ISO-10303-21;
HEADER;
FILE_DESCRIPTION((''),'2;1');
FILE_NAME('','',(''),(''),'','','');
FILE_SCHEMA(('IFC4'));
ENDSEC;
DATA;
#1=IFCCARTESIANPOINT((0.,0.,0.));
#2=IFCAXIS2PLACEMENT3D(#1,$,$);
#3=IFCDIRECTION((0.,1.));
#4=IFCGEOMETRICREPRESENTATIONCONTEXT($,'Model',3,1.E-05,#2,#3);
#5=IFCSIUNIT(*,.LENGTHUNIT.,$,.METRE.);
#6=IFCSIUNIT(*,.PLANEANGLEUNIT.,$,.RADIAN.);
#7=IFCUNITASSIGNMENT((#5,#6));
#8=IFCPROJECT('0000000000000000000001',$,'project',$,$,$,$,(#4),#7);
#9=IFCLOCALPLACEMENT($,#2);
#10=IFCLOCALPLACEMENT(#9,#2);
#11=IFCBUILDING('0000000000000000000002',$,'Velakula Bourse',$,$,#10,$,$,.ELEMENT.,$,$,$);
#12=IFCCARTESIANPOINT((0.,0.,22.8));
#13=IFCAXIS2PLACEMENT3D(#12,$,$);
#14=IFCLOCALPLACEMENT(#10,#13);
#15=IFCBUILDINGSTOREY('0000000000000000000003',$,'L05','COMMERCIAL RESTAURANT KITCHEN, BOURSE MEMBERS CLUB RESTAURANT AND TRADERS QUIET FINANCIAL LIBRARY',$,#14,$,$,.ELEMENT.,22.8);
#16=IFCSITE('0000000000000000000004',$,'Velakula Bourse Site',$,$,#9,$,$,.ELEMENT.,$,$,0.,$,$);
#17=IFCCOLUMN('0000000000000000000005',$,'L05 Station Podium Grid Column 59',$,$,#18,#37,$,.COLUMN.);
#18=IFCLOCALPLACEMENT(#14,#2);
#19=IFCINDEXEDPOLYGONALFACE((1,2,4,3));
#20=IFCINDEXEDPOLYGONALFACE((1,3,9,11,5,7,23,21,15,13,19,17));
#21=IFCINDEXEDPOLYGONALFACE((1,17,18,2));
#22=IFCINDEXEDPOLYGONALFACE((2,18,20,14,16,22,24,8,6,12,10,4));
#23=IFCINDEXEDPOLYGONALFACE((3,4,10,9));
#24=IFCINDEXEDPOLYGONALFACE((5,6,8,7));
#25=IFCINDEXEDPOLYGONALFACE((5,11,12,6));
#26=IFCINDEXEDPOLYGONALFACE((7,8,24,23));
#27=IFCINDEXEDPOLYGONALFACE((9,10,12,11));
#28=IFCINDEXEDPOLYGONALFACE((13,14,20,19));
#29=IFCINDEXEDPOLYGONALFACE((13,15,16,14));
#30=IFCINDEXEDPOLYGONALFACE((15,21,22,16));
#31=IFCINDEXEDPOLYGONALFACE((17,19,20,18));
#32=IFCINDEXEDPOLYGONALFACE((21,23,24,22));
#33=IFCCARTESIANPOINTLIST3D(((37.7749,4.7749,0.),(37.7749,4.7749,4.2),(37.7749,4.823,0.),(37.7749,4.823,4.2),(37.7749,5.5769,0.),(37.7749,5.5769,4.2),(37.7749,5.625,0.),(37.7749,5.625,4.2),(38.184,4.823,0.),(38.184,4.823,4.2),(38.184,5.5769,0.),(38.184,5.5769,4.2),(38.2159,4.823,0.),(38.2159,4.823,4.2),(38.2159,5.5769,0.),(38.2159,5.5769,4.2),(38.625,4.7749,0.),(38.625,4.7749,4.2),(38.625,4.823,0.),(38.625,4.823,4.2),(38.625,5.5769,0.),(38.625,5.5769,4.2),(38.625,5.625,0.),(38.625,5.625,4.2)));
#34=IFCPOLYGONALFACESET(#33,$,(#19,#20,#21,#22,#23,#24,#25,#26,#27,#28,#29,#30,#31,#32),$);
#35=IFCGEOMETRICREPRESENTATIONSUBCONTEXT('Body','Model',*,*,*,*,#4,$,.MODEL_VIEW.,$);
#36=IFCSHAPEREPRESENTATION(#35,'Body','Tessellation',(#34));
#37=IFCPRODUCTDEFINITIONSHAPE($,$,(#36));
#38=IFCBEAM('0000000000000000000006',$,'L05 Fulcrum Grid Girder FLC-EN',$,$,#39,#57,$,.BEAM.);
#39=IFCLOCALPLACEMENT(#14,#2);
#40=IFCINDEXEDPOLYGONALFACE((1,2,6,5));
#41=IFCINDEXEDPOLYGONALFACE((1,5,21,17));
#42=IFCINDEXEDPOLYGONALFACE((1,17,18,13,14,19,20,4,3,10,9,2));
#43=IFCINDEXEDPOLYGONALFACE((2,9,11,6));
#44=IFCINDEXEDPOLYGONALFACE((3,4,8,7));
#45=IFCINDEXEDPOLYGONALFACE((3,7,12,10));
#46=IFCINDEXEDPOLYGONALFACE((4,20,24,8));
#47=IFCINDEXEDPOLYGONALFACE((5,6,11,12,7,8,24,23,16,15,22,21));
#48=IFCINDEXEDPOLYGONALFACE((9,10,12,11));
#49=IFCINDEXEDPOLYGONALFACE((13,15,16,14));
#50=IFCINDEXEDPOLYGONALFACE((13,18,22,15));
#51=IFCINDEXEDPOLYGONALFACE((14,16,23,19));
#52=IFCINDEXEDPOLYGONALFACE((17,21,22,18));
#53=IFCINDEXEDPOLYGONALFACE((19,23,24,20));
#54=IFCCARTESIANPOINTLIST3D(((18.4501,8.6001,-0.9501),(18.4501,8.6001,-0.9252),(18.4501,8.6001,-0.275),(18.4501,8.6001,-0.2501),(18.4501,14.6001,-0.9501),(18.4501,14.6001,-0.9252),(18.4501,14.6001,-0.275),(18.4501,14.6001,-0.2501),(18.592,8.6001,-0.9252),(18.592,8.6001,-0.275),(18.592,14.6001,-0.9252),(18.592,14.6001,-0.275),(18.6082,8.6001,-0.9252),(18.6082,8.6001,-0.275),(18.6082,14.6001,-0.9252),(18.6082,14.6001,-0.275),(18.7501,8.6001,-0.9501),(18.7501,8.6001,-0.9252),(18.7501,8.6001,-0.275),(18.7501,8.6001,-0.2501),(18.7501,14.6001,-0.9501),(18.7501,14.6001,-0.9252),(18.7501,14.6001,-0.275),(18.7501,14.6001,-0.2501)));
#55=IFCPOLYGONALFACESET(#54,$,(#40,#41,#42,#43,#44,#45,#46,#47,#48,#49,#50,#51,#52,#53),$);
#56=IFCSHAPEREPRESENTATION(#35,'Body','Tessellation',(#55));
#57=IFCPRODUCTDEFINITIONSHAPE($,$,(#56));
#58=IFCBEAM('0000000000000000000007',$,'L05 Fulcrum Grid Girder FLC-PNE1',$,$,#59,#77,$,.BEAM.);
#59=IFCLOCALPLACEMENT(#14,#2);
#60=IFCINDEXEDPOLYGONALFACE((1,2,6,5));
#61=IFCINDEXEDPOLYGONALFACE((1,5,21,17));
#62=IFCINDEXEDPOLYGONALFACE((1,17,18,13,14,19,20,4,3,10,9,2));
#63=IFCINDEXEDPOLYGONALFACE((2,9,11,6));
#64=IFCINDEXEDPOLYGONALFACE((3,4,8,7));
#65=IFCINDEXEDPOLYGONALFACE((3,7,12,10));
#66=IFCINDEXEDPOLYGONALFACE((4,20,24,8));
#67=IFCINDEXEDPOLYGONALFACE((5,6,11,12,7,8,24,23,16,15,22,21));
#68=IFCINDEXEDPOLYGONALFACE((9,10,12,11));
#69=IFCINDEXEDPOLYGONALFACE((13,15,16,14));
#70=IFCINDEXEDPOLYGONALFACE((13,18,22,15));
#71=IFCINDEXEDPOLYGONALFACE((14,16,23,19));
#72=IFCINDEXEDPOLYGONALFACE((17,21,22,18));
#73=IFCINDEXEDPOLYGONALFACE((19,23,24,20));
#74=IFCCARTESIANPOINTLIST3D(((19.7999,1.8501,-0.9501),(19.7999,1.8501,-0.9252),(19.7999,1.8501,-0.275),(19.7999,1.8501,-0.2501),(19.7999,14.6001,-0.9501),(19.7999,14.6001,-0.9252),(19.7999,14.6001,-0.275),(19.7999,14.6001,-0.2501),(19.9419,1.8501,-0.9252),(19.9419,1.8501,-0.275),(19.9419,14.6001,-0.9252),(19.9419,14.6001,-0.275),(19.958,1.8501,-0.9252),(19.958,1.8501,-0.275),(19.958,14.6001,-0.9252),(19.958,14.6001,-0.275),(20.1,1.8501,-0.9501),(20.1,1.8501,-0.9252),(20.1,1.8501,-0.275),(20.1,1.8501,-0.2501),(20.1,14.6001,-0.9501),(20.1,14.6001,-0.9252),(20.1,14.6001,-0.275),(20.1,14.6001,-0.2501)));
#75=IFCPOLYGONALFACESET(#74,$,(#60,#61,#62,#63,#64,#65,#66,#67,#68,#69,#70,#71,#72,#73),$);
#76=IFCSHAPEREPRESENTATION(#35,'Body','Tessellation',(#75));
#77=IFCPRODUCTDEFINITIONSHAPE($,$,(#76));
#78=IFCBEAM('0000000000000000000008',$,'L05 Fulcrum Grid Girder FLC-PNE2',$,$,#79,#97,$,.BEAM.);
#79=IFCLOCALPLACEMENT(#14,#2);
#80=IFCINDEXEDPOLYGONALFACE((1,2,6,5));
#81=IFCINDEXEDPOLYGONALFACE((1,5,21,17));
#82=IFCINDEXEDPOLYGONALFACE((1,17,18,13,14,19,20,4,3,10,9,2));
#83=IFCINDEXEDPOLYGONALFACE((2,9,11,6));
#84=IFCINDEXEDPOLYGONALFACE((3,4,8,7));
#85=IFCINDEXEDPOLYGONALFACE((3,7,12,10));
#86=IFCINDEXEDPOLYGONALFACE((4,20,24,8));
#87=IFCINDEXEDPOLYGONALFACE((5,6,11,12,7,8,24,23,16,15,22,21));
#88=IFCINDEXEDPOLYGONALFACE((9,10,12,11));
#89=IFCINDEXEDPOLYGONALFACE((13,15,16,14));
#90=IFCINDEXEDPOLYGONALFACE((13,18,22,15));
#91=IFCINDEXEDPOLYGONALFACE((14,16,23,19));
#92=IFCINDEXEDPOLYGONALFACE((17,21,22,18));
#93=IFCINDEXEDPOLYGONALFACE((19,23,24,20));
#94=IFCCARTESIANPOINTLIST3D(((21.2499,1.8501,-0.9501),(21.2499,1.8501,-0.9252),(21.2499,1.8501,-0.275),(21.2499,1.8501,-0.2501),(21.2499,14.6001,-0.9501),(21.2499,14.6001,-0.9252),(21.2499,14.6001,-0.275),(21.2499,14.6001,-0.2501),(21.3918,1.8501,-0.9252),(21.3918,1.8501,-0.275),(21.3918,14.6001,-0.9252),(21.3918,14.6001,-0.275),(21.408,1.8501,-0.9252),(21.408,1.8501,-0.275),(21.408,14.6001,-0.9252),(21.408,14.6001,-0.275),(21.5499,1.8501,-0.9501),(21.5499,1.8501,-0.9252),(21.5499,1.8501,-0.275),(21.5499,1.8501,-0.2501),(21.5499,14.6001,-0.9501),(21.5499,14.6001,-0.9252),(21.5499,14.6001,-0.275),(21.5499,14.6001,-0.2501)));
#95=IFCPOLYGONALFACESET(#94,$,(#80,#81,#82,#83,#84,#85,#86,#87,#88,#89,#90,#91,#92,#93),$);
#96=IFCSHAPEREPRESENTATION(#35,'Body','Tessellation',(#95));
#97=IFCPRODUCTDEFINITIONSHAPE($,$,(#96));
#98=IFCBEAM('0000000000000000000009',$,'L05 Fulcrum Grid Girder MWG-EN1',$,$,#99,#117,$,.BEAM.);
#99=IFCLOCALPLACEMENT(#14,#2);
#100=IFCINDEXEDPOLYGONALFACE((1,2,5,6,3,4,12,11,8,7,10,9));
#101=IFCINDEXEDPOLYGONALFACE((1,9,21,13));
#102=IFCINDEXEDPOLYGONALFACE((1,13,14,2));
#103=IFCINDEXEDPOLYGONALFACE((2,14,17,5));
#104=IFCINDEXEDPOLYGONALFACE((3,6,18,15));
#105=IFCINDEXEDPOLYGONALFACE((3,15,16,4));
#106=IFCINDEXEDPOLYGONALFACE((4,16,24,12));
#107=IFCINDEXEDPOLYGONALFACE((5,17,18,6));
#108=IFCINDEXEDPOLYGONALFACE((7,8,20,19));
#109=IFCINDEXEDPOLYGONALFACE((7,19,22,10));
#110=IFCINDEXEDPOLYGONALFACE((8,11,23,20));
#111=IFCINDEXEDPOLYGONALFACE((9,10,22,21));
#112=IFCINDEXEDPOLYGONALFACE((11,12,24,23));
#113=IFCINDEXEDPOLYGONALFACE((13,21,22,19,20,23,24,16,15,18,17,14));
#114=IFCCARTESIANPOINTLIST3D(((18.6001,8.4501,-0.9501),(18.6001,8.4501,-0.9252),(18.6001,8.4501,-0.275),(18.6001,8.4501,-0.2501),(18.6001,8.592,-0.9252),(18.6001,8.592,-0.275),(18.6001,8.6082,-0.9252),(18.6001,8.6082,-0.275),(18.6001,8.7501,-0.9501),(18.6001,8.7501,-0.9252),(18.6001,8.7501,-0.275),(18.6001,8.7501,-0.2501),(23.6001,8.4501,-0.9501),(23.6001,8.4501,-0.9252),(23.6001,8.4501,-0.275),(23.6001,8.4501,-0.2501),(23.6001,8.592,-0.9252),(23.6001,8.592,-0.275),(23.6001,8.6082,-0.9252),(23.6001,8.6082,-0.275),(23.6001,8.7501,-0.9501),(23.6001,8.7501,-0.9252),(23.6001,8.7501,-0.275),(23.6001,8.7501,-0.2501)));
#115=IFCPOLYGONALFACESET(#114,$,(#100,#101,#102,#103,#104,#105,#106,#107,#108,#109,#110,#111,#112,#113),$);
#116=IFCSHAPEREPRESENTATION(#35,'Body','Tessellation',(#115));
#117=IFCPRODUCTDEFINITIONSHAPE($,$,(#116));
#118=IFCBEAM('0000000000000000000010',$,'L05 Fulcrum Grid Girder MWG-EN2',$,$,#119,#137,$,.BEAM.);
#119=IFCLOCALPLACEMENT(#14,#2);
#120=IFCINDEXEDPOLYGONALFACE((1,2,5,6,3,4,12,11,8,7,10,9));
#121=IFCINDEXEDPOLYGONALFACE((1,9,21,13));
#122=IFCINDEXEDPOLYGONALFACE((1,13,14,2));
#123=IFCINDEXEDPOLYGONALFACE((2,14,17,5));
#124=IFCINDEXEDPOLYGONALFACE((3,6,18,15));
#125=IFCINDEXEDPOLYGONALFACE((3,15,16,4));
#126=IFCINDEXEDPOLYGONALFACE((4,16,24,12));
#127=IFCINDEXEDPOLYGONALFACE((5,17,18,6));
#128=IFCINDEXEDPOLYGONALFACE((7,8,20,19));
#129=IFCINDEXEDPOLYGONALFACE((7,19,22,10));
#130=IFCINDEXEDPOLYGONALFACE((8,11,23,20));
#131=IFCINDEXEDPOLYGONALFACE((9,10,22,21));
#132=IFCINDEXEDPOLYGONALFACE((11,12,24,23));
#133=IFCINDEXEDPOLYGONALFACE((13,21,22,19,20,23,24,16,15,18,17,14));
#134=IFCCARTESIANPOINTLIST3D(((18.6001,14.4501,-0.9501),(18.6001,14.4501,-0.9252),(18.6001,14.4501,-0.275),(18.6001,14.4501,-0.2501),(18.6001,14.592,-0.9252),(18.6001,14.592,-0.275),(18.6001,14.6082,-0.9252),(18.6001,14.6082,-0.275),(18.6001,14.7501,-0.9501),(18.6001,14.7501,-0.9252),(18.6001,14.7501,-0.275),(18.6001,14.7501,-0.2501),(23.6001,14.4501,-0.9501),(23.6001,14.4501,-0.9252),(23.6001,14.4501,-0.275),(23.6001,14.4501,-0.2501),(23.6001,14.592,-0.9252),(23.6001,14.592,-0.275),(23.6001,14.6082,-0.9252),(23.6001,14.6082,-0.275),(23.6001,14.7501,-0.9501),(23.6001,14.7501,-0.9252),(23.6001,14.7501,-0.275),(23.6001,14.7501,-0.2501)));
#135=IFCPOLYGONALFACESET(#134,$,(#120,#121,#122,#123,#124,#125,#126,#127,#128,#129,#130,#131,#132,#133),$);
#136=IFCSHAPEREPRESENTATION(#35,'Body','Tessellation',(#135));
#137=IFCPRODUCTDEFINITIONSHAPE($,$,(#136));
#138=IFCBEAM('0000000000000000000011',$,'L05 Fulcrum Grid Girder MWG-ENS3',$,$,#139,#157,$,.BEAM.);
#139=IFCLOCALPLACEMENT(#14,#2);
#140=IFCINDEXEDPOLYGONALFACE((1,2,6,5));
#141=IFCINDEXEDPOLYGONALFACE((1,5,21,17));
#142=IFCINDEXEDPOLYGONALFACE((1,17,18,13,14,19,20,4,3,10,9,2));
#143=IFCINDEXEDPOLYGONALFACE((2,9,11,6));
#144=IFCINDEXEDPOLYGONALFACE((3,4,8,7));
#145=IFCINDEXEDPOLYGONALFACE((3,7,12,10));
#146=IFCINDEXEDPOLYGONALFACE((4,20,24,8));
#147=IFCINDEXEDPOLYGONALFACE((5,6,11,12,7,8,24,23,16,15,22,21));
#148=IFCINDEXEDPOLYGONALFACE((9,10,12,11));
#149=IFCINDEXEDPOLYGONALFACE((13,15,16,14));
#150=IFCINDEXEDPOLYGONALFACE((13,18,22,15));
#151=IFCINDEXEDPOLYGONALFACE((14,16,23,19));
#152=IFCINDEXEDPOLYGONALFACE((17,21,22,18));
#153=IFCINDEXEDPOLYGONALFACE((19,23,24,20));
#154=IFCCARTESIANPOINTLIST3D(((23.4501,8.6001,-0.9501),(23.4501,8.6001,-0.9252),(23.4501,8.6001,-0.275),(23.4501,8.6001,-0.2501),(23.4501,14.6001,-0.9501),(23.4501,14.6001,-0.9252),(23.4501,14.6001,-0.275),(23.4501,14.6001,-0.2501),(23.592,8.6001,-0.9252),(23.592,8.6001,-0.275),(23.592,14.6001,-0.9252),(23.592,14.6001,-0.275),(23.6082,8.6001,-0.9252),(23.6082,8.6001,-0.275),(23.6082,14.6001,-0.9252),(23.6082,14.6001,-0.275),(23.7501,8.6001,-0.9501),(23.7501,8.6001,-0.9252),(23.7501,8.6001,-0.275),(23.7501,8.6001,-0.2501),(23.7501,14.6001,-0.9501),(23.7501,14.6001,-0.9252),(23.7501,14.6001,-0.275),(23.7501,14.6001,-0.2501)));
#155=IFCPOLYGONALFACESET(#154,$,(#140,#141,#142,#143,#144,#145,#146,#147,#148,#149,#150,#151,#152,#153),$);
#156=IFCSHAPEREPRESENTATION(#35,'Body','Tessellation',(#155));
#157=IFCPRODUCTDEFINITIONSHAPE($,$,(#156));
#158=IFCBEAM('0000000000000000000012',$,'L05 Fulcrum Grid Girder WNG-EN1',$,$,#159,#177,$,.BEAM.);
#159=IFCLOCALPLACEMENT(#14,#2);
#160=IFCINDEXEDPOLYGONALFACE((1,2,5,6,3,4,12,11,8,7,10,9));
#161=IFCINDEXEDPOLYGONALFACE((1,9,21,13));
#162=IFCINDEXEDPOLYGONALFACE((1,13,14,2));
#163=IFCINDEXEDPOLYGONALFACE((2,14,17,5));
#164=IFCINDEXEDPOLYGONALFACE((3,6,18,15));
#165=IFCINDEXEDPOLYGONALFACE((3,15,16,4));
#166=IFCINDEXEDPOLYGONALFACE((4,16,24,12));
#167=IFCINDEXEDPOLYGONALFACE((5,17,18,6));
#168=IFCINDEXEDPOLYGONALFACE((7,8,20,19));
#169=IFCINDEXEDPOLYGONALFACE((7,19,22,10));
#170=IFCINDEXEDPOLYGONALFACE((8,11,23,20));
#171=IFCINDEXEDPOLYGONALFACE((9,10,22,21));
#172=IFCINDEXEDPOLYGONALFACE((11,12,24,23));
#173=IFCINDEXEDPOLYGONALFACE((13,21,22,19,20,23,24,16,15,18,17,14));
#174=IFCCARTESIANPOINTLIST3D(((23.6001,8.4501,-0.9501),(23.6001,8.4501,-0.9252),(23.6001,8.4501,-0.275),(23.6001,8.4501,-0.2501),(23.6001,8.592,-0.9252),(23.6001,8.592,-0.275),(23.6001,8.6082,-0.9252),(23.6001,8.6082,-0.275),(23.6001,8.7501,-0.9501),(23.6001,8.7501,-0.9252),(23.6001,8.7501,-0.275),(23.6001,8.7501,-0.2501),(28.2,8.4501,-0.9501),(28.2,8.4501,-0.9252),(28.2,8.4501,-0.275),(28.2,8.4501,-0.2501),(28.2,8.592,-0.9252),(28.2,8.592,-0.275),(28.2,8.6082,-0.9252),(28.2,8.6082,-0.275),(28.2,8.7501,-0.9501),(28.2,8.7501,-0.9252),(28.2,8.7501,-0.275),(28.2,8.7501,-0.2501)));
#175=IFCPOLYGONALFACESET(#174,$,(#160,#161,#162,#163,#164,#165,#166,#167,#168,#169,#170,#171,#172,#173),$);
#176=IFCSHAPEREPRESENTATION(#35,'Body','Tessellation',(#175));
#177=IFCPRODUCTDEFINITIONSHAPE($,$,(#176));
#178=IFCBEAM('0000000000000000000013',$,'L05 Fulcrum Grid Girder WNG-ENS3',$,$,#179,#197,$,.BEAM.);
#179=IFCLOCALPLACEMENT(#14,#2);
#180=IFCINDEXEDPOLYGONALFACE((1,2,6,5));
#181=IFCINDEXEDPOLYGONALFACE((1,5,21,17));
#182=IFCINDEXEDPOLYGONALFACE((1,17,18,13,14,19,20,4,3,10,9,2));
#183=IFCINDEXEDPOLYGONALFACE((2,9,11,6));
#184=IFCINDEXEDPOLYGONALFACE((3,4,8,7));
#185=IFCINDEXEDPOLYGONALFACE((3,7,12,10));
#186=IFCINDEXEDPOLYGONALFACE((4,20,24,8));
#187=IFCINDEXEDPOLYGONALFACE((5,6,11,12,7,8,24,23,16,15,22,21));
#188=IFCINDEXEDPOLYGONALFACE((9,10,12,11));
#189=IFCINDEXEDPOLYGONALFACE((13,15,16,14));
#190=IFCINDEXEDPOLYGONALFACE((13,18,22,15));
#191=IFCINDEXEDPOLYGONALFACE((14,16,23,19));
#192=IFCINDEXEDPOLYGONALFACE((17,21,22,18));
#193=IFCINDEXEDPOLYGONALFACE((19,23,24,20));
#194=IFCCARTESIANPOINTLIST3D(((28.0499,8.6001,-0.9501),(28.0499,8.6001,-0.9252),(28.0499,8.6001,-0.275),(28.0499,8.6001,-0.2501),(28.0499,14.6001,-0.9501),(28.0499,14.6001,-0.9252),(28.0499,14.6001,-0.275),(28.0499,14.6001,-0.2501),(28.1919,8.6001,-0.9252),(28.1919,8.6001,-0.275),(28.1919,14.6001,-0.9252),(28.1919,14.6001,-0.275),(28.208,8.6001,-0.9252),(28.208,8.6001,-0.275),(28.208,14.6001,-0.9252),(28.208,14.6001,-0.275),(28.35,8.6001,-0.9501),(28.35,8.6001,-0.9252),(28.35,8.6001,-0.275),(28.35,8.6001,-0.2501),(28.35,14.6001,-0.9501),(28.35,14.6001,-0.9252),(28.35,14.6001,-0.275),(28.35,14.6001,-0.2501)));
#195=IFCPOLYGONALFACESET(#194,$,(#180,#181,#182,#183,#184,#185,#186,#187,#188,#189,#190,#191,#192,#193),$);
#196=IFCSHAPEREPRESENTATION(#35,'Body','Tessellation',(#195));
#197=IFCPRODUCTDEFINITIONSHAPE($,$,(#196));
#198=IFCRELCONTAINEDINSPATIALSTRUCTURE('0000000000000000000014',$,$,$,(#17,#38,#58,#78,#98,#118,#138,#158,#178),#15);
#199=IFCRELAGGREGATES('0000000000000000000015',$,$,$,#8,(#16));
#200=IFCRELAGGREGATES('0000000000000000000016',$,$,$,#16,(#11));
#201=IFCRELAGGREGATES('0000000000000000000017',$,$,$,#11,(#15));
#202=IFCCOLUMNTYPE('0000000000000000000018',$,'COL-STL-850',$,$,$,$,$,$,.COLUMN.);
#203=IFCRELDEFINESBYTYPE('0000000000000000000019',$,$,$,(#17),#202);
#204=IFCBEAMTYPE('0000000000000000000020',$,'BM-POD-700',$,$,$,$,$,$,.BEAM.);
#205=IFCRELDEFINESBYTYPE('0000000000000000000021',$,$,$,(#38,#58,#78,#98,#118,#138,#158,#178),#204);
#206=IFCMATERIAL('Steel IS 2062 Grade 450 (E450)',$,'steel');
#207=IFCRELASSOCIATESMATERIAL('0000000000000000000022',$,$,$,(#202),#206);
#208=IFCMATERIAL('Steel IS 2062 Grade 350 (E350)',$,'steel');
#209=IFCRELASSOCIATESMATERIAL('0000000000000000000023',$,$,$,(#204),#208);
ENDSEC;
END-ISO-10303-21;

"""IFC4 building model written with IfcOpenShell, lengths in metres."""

from ifc_helpers import new_model, si_unit, direction, frame, origin, origin_2d, place, context, subcontext, project, spatial, i_section, extrude, material, material_profile, profile_set, type_object, element, save


model = new_model("IFC4")

# Units and contexts
model_context = context("Model", 3, precision=1e-05, world=origin(), true_north=direction((0.0, 1.0)))
body_context = subcontext(model_context, "Body", "Model", "MODEL_VIEW")
ifc_project = project(units=[si_unit("LENGTHUNIT", "METRE"), si_unit("PLANEANGLEUNIT", "RADIAN")], contexts=[model_context])

# Site, building, storey
site_placement = place(None, origin())
site = spatial("IfcSite", under=ifc_project, at=site_placement, Name="Velakula Bourse Site", CompositionType="ELEMENT", RefElevation=0.0)
building_placement = place(site_placement, origin())
building = spatial("IfcBuilding", under=site, at=building_placement, Name="Velakula Bourse", CompositionType="ELEMENT")
storey_placement = place(building_placement, frame((0.0, 0.0, 22.8)))
storey = spatial("IfcBuildingStorey", under=building, at=storey_placement, Name="L05", Description="COMMERCIAL RESTAURANT KITCHEN, BOURSE MEMBERS CLUB RESTAURANT AND TRADERS QUIET FINANCIAL LIBRARY", CompositionType="ELEMENT", Elevation=22.8)

# Column
ifc_material_1 = material(Name="Steel IS 2062 Grade 450 (E450)", Category="steel")
ifc_material_profile_1 = material_profile(ifc_material_1, i_section(OverallWidth=0.8501, OverallDepth=0.8501, WebThickness=0.032, FlangeThickness=0.0481, at=origin_2d()), Name="Steel IS 2062 Grade 450 (E450)")
ifc_profile_set_1 = profile_set([ifc_material_profile_1], Name="Steel IS 2062 Grade 450 (E450)")
column_type_1 = type_object("IfcColumnType", Name="COL-STL-850", PredefinedType="COLUMN", material=ifc_profile_set_1)
for number, where, z_axis, x_axis, name in (
    (1, (38.2, 5.2, 0.0), (0.0, 0.0, 1.0), (1.0, 0.0, 0.0), "L05 Station Podium Grid Column 59"),
):
    element("IfcColumn", number, at=place(storey_placement, frame(where, z_axis=z_axis, x_axis=x_axis)), inside=storey, type_object=column_type_1, Name=name, PredefinedType="COLUMN", context=body_context, shape_type="SweptSolid", body=[
        extrude(i_section(OverallWidth=0.8501, OverallDepth=0.8501, WebThickness=0.032, FlangeThickness=0.0481, at=origin_2d()), origin(), (0.0, 0.0, 1.0), 4.2),
    ])

# Beams
ifc_material_2 = material(Name="Steel IS 2062 Grade 350 (E350)", Category="steel")
ifc_material_profile_2 = material_profile(ifc_material_2, i_section(OverallWidth=0.3, OverallDepth=0.7, WebThickness=0.0161, FlangeThickness=0.0249, at=origin_2d()), Name="Steel IS 2062 Grade 350 (E350)")
ifc_profile_set_2 = profile_set([ifc_material_profile_2], Name="Steel IS 2062 Grade 350 (E350)")
beam_type_1 = type_object("IfcBeamType", Name="BM-POD-700", PredefinedType="BEAM", material=ifc_profile_set_2)
beam_1_placement = place(storey_placement, frame((18.6001, 8.6001, -0.6001), z_axis=(0.0, 1.0, 0.0), x_axis=(-1.0, 0.0, 0.0)))
element("IfcBeam", 2, at=beam_1_placement, inside=storey, type_object=beam_type_1, Name="L05 Fulcrum Grid Girder FLC-EN", PredefinedType="BEAM", context=body_context, shape_type="SweptSolid", body=[
    extrude(i_section(OverallWidth=0.3, OverallDepth=0.7, WebThickness=0.0161, FlangeThickness=0.0249, at=origin_2d()), origin(), (0.0, 0.0, 1.0), 6.0),
])
for number, where, z_axis, x_axis, name in (
    (3, (19.95, 1.8501, -0.6001), (0.0, 1.0, 0.0), (-1.0, 0.0, 0.0), "L05 Fulcrum Grid Girder FLC-PNE1"),
    (4, (21.3999, 1.8501, -0.6001), (0.0, 1.0, 0.0), (-1.0, 0.0, 0.0), "L05 Fulcrum Grid Girder FLC-PNE2"),
):
    element("IfcBeam", number, at=place(storey_placement, frame(where, z_axis=z_axis, x_axis=x_axis)), inside=storey, type_object=beam_type_1, Name=name, PredefinedType="BEAM", context=body_context, shape_type="SweptSolid", body=[
        extrude(i_section(OverallWidth=0.3, OverallDepth=0.7, WebThickness=0.0161, FlangeThickness=0.0249, at=origin_2d()), origin(), (0.0, 0.0, 1.0), 12.75),
    ])
for number, where, z_axis, x_axis, name in (
    (5, (18.6001, 8.6001, -0.6001), (1.0, 0.0, 0.0), (0.0, 1.0, 0.0), "L05 Fulcrum Grid Girder MWG-EN1"),
    (6, (18.6001, 14.6001, -0.6001), (1.0, 0.0, 0.0), (0.0, 1.0, 0.0), "L05 Fulcrum Grid Girder MWG-EN2"),
):
    element("IfcBeam", number, at=place(storey_placement, frame(where, z_axis=z_axis, x_axis=x_axis)), inside=storey, type_object=beam_type_1, Name=name, PredefinedType="BEAM", context=body_context, shape_type="SweptSolid", body=[
        extrude(i_section(OverallWidth=0.3, OverallDepth=0.7, WebThickness=0.0161, FlangeThickness=0.0249, at=origin_2d()), origin(), (0.0, 0.0, 1.0), 5.0),
    ])
beam_2_placement = place(storey_placement, frame((23.6001, 8.6001, -0.6001), z_axis=(0.0, 1.0, 0.0), x_axis=(-1.0, 0.0, 0.0)))
element("IfcBeam", 7, at=beam_2_placement, inside=storey, type_object=beam_type_1, Name="L05 Fulcrum Grid Girder MWG-ENS3", PredefinedType="BEAM", context=body_context, shape_type="SweptSolid", body=[
    extrude(i_section(OverallWidth=0.3, OverallDepth=0.7, WebThickness=0.0161, FlangeThickness=0.0249, at=origin_2d()), origin(), (0.0, 0.0, 1.0), 6.0),
])
beam_3_placement = place(storey_placement, frame((23.6001, 8.6001, -0.6001), z_axis=(1.0, 0.0, 0.0), x_axis=(0.0, 1.0, 0.0)))
element("IfcBeam", 8, at=beam_3_placement, inside=storey, type_object=beam_type_1, Name="L05 Fulcrum Grid Girder WNG-EN1", PredefinedType="BEAM", context=body_context, shape_type="SweptSolid", body=[
    extrude(i_section(OverallWidth=0.3, OverallDepth=0.7, WebThickness=0.0161, FlangeThickness=0.0249, at=origin_2d()), origin(), (0.0, 0.0, 1.0), 4.5999),
])
for number, where, z_axis, x_axis, name in (
    (9, (28.2, 8.6001, -0.6001), (0.0, 1.0, 0.0), (-1.0, 0.0, 0.0), "L05 Fulcrum Grid Girder WNG-ENS3"),
):
    element("IfcBeam", number, at=place(storey_placement, frame(where, z_axis=z_axis, x_axis=x_axis)), inside=storey, type_object=beam_type_1, Name=name, PredefinedType="BEAM", context=body_context, shape_type="SweptSolid", body=[
        extrude(i_section(OverallWidth=0.3, OverallDepth=0.7, WebThickness=0.0161, FlangeThickness=0.0249, at=origin_2d()), origin(), (0.0, 0.0, 1.0), 6.0),
    ])

save(model, "model.ifc")
